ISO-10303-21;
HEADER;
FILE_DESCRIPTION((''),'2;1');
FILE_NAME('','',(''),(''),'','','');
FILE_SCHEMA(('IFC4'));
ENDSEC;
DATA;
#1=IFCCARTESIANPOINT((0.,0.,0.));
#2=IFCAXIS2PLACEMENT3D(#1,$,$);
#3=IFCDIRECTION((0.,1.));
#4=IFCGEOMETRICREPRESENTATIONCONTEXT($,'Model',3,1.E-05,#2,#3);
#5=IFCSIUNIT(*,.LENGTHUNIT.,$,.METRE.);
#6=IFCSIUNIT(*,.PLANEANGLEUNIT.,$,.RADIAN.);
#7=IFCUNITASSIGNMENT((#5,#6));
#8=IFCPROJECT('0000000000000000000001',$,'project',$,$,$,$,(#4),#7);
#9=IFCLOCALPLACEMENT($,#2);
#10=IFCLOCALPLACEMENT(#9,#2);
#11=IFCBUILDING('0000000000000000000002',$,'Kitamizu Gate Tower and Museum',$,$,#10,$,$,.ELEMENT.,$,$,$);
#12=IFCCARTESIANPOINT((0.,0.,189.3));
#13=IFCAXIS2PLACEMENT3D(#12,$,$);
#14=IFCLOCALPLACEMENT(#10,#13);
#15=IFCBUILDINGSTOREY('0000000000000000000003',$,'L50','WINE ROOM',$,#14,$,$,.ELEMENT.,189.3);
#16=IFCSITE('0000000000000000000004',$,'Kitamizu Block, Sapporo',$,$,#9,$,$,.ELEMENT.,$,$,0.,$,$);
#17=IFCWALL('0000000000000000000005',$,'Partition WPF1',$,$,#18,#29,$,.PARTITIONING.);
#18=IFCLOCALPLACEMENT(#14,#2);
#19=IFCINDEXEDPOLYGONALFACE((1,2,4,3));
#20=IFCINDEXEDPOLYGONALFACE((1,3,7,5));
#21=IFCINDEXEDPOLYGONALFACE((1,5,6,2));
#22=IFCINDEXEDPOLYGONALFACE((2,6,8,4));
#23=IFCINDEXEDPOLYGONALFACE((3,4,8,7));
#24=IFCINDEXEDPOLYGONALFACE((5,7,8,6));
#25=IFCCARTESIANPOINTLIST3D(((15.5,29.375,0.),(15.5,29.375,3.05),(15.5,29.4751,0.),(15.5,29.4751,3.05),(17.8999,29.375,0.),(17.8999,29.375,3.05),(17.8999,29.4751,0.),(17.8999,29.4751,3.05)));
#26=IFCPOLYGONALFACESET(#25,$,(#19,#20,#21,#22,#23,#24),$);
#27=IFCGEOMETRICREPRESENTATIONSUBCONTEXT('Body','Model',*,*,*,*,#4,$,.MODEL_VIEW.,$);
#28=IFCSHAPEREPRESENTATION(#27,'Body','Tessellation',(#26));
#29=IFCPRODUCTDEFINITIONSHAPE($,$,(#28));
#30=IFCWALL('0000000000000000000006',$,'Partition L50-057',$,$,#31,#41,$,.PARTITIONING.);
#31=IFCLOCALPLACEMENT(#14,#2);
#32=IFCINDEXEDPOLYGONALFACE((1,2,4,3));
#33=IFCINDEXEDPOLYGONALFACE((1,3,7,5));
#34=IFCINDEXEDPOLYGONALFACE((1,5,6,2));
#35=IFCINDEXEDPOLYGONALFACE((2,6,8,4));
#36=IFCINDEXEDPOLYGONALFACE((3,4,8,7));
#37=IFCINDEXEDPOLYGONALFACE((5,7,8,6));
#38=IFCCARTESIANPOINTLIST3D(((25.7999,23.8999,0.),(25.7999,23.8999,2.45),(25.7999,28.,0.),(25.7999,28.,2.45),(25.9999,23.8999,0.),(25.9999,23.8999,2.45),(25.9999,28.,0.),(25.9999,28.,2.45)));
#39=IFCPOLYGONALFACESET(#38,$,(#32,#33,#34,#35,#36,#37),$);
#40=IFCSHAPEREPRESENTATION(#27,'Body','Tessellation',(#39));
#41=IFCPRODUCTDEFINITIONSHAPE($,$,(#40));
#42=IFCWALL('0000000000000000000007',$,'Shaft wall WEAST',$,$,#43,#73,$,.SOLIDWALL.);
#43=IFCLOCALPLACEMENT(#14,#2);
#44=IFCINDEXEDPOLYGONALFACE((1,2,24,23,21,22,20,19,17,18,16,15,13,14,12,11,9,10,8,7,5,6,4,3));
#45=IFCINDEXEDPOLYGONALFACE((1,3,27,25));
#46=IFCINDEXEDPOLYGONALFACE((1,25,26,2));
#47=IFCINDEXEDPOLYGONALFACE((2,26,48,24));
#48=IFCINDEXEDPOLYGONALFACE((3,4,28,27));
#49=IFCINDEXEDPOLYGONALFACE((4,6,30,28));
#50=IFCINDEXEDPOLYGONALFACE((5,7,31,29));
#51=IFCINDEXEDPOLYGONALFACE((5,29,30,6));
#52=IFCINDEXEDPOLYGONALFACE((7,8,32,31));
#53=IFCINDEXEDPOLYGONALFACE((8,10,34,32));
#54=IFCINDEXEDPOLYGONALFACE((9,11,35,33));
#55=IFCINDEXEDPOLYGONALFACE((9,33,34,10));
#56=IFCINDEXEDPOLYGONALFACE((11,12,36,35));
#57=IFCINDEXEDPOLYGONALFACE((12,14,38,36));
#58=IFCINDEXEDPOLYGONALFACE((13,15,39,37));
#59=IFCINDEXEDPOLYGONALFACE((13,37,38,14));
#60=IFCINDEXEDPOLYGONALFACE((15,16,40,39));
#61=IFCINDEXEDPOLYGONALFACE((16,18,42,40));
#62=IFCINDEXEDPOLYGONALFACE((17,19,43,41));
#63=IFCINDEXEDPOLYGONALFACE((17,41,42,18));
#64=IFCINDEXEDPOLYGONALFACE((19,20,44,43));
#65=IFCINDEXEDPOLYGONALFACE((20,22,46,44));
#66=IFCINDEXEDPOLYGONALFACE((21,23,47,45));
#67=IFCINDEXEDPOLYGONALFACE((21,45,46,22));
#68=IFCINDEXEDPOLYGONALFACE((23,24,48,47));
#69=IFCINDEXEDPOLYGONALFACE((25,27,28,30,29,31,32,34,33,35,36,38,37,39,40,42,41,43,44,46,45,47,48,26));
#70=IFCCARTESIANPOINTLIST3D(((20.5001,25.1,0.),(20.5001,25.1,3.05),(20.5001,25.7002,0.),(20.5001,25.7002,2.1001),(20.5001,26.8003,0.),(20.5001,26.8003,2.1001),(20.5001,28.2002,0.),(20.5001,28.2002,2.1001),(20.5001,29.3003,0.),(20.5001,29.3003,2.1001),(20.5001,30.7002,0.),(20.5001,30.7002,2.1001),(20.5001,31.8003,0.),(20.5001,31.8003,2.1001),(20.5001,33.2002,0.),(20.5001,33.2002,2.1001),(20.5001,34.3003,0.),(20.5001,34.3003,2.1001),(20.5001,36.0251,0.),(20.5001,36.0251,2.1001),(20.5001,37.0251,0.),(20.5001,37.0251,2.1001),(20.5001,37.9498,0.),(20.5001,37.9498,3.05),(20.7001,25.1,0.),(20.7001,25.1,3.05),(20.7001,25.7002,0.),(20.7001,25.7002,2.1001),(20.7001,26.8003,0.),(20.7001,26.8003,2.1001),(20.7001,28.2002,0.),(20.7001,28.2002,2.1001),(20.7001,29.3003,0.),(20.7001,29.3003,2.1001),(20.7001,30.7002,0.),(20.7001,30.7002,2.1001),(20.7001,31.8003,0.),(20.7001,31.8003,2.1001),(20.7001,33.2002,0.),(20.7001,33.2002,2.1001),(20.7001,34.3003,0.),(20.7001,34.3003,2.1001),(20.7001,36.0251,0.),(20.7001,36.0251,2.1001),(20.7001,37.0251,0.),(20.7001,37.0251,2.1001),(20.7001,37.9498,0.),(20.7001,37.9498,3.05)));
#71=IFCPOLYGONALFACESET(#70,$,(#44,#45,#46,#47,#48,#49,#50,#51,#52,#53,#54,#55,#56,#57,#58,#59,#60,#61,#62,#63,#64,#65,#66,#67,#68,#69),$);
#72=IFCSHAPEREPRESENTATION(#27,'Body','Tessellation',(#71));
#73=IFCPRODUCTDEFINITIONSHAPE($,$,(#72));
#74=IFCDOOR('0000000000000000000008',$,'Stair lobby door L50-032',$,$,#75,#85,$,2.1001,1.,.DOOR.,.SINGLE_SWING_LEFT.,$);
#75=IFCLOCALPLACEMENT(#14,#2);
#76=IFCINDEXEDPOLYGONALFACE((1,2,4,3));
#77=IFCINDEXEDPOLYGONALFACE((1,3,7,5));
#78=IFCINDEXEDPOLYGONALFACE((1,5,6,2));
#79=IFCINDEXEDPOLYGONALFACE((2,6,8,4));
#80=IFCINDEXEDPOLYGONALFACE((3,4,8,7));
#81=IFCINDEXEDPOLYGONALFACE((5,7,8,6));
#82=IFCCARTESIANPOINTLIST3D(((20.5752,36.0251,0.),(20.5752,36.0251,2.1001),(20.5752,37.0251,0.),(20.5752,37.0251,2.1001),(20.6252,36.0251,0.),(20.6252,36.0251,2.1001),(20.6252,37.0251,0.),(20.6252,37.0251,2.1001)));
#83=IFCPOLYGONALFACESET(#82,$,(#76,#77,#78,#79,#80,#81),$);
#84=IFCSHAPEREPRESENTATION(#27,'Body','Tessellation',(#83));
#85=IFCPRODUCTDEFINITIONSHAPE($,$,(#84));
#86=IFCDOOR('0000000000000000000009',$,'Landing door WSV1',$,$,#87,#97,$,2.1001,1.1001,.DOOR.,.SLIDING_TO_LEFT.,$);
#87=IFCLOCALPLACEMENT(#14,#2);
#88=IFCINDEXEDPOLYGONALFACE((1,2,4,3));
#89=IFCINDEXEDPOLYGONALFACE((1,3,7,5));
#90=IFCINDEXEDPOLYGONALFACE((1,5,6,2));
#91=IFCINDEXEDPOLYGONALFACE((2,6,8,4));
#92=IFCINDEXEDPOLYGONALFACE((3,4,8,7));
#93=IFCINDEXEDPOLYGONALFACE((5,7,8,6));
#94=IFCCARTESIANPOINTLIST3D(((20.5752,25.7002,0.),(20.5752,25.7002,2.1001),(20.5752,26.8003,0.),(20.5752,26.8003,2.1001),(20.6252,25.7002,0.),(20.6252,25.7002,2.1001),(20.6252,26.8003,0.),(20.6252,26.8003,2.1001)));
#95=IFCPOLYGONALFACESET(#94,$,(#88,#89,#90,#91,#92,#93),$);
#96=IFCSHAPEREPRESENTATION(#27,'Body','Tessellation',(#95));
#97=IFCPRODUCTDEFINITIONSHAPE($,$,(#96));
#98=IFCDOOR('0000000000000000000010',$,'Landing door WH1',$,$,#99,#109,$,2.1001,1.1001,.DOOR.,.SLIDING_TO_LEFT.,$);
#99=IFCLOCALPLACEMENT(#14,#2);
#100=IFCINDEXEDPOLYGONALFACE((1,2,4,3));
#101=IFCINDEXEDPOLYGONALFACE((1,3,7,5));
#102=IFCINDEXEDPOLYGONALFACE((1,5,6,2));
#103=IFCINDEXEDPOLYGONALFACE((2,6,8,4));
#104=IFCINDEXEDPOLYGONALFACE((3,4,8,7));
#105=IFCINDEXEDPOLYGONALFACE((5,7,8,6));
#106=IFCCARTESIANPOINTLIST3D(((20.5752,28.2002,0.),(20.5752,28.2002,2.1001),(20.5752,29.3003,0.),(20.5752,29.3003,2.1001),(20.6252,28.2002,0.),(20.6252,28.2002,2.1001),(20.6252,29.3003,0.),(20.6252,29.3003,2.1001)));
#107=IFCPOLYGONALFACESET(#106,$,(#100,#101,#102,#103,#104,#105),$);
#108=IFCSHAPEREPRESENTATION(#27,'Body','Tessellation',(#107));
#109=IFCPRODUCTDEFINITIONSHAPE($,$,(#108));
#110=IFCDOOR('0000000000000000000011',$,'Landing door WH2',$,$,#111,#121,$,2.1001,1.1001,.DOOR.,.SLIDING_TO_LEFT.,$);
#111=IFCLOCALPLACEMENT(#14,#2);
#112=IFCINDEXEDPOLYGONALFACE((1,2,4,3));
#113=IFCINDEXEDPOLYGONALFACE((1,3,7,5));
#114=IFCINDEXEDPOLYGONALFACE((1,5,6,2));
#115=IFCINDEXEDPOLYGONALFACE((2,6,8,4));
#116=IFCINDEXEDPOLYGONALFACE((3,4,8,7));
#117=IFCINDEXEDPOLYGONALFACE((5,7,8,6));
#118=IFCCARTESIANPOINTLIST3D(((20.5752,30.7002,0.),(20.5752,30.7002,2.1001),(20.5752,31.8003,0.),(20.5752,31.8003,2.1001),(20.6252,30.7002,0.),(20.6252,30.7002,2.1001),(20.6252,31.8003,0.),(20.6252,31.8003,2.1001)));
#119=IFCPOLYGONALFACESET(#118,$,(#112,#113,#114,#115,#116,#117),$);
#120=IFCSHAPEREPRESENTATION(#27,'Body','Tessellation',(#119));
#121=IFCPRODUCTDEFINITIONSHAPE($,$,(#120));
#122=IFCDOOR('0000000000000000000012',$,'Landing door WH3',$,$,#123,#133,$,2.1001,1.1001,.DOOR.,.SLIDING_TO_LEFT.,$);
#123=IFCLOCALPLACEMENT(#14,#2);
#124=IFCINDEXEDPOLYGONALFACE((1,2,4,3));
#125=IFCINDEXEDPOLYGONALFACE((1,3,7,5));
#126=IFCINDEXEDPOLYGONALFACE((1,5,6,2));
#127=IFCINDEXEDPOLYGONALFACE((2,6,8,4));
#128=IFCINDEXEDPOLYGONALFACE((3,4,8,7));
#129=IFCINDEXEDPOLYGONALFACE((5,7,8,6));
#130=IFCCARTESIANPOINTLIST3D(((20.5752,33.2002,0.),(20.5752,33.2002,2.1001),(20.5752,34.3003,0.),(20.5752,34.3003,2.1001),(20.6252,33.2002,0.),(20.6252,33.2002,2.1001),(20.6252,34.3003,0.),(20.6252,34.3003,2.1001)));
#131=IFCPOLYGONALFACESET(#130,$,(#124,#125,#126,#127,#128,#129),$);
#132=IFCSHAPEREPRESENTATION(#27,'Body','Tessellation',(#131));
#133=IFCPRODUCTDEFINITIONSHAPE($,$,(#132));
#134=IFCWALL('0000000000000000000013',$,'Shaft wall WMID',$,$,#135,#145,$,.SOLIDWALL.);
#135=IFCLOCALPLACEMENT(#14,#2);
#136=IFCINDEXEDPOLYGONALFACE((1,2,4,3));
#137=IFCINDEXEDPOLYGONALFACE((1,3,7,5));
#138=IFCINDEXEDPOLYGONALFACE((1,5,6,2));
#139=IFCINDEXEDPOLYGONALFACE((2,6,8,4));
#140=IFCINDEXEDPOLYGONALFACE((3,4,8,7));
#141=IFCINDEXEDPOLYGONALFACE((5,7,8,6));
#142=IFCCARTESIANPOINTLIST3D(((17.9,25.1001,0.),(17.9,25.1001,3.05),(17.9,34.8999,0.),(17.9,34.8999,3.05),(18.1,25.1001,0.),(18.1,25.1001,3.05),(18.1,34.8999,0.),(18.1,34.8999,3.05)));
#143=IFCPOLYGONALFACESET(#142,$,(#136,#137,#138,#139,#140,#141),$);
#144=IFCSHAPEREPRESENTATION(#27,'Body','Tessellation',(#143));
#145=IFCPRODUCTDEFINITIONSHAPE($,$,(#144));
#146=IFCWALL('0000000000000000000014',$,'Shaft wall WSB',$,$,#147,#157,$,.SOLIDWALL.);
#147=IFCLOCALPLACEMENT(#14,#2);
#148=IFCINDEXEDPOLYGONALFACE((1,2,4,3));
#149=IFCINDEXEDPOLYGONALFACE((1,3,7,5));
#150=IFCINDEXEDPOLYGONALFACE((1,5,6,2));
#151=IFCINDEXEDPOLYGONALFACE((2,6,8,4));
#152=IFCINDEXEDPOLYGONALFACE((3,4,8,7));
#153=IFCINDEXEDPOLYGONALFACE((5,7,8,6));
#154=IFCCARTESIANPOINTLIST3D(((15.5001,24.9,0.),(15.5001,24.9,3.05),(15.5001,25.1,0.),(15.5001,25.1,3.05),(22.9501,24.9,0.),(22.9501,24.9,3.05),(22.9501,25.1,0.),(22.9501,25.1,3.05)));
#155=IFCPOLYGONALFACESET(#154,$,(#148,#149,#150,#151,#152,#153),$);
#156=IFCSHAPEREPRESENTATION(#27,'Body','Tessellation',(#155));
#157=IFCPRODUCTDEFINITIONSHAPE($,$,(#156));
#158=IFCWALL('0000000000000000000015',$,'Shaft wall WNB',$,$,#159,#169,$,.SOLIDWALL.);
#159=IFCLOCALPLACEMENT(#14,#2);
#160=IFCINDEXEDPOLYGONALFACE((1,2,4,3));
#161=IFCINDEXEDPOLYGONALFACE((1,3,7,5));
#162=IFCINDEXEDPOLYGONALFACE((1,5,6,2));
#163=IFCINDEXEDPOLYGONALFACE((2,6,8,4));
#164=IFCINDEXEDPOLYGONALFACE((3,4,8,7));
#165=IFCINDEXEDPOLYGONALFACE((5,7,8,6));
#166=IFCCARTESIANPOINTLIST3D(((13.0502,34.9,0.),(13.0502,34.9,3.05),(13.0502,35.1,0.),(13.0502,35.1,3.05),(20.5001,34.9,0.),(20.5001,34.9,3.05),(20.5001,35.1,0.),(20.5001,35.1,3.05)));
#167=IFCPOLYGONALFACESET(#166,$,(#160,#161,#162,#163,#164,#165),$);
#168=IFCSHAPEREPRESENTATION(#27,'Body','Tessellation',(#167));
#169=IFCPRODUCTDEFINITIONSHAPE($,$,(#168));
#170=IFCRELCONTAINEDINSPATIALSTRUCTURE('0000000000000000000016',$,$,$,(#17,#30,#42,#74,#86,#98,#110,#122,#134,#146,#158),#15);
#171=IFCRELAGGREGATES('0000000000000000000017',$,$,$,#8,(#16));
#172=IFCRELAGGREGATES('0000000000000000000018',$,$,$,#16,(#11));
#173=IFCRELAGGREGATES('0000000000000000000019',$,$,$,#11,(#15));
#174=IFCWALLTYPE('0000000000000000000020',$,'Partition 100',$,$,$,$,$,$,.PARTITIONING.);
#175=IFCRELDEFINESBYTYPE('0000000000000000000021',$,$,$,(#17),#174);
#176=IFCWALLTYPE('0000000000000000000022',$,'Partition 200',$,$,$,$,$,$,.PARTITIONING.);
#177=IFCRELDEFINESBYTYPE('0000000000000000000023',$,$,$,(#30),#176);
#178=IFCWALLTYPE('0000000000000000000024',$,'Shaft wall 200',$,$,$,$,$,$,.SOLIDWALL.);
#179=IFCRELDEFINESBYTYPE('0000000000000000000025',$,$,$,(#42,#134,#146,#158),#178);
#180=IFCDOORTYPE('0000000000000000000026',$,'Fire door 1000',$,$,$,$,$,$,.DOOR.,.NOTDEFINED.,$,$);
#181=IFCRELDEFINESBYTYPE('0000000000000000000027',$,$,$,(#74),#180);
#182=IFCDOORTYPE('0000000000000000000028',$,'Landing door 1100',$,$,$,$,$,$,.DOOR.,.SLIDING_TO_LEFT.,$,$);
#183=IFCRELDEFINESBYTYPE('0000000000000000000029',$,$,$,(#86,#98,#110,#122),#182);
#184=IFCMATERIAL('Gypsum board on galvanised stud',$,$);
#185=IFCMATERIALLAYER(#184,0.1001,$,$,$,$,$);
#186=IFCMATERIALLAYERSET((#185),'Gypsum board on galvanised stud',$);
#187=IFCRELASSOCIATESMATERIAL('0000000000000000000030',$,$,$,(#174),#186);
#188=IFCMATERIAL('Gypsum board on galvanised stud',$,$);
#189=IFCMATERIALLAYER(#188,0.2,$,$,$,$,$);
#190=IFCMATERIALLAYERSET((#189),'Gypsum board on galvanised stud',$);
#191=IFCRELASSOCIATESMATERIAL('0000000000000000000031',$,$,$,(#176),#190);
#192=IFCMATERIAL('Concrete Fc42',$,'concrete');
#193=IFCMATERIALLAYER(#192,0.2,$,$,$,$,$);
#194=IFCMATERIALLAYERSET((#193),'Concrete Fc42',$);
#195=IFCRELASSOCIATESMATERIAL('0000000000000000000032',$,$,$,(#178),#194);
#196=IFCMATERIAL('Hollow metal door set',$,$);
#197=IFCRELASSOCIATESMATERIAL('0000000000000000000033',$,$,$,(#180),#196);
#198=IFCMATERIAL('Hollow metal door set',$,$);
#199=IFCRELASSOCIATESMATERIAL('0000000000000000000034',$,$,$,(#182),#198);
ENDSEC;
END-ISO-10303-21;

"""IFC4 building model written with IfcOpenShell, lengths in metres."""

from ifc_helpers import new_model, si_unit, direction, frame, frame_2d, origin, place, context, subcontext, project, spatial, rectangle, extrude, material, layer, layer_set, type_object, element, fill, save


model = new_model("IFC4")

# Units and contexts
model_context = context("Model", 3, precision=1e-05, world=origin(), true_north=direction((0.0, 1.0)))
body_context = subcontext(model_context, "Body", "Model", "MODEL_VIEW")
ifc_project = project(units=[si_unit("LENGTHUNIT", "METRE"), si_unit("PLANEANGLEUNIT", "RADIAN")], contexts=[model_context])

# Site, building, storey
site_placement = place(None, origin())
site = spatial("IfcSite", under=ifc_project, at=site_placement, Name="Kitamizu Block, Sapporo", CompositionType="ELEMENT", RefElevation=0.0)
building_placement = place(site_placement, origin())
building = spatial("IfcBuilding", under=site, at=building_placement, Name="Kitamizu Gate Tower and Museum", CompositionType="ELEMENT")
storey_placement = place(building_placement, frame((0.0, 0.0, 189.3)))
storey = spatial("IfcBuildingStorey", under=building, at=storey_placement, Name="L50", Description="WINE ROOM", CompositionType="ELEMENT", Elevation=189.3)

# Walls
ifc_material_1 = material(Name="Gypsum board on galvanised stud")
ifc_layer_1 = layer(ifc_material_1, 0.1001)
ifc_layer_set_1 = layer_set([ifc_layer_1], Name="Gypsum board on galvanised stud")
wall_type_1 = type_object("IfcWallType", Name="Partition 100", PredefinedType="PARTITIONING", material=ifc_layer_set_1)
wall_1_placement = place(storey_placement, frame((15.5, 29.425, 0.0), z_axis=(0.0, 0.0, 1.0), x_axis=(1.0, 0.0, 0.0)))
element("IfcWall", 1, at=wall_1_placement, inside=storey, type_object=wall_type_1, Name="Partition WPF1", PredefinedType="PARTITIONING", context=body_context, shape_type="SweptSolid", body=[
    extrude(rectangle(XDim=2.3999, YDim=0.1001, at=frame_2d((1.2, 0.0))), origin(), (0.0, 0.0, 1.0), 3.05),
])
ifc_material_2 = material(Name="Gypsum board on galvanised stud")
ifc_layer_2 = layer(ifc_material_2, 0.2)
ifc_layer_set_2 = layer_set([ifc_layer_2], Name="Gypsum board on galvanised stud")
wall_type_2 = type_object("IfcWallType", Name="Partition 200", PredefinedType="PARTITIONING", material=ifc_layer_set_2)
wall_2_placement = place(storey_placement, frame((25.8999, 28.0, 0.0), z_axis=(0.0, 0.0, 1.0), x_axis=(0.0, -1.0, 0.0)))
element("IfcWall", 2, at=wall_2_placement, inside=storey, type_object=wall_type_2, Name="Partition L50-057", PredefinedType="PARTITIONING", context=body_context, shape_type="SweptSolid", body=[
    extrude(rectangle(XDim=4.1001, YDim=0.2, at=frame_2d((2.05, 0.0))), origin(), (0.0, 0.0, 1.0), 2.45),
])

# Wall, openings, doors
ifc_material_3 = material(Name="Concrete Fc42", Category="concrete")
ifc_layer_3 = layer(ifc_material_3, 0.2)
ifc_layer_set_3 = layer_set([ifc_layer_3], Name="Concrete Fc42")
wall_type_3 = type_object("IfcWallType", Name="Shaft wall 200", PredefinedType="SOLIDWALL", material=ifc_layer_set_3)
wall_3_placement = place(storey_placement, frame((20.6001, 25.1001, 0.0), z_axis=(0.0, 0.0, 1.0), x_axis=(0.0, 1.0, 0.0)))
wall_3 = element("IfcWall", 3, at=wall_3_placement, inside=storey, type_object=wall_type_3, Name="Shaft wall WEAST", PredefinedType="SOLIDWALL", context=body_context, shape_type="SweptSolid", body=[
    extrude(rectangle(XDim=12.8499, YDim=0.2, at=frame_2d((6.4248, 0.0))), origin(), (0.0, 0.0, 1.0), 3.05),
])
opening_1_placement = place(wall_3_placement, frame((0.6001, 0.0, 0.0)))
opening_1 = element("IfcOpeningElement", 4, at=opening_1_placement, cuts=wall_3, PredefinedType="OPENING", context=body_context, shape_type="SweptSolid", body=[
    extrude(rectangle(XDim=1.1001, YDim=2.1001, at=frame_2d((0.55, 1.05))), frame((0.0, 0.1099, 0.0), z_axis=(0.0, -1.0, 0.0), x_axis=(1.0, 0.0, 0.0)), (0.0, 0.0, 1.0), 0.22),
])
opening_2_placement = place(wall_3_placement, frame((3.1001, 0.0, 0.0)))
opening_2 = element("IfcOpeningElement", 5, at=opening_2_placement, cuts=wall_3, PredefinedType="OPENING", context=body_context, shape_type="SweptSolid", body=[
    extrude(rectangle(XDim=1.1001, YDim=2.1001, at=frame_2d((0.55, 1.05))), frame((0.0, 0.1099, 0.0), z_axis=(0.0, -1.0, 0.0), x_axis=(1.0, 0.0, 0.0)), (0.0, 0.0, 1.0), 0.22),
])
opening_3_placement = place(wall_3_placement, frame((5.6001, 0.0, 0.0)))
opening_3 = element("IfcOpeningElement", 6, at=opening_3_placement, cuts=wall_3, PredefinedType="OPENING", context=body_context, shape_type="SweptSolid", body=[
    extrude(rectangle(XDim=1.1001, YDim=2.1001, at=frame_2d((0.55, 1.05))), frame((0.0, 0.1099, 0.0), z_axis=(0.0, -1.0, 0.0), x_axis=(1.0, 0.0, 0.0)), (0.0, 0.0, 1.0), 0.22),
])
opening_4_placement = place(wall_3_placement, frame((8.1001, 0.0, 0.0)))
opening_4 = element("IfcOpeningElement", 7, at=opening_4_placement, cuts=wall_3, PredefinedType="OPENING", context=body_context, shape_type="SweptSolid", body=[
    extrude(rectangle(XDim=1.1001, YDim=2.1001, at=frame_2d((0.55, 1.05))), frame((0.0, 0.1099, 0.0), z_axis=(0.0, -1.0, 0.0), x_axis=(1.0, 0.0, 0.0)), (0.0, 0.0, 1.0), 0.22),
])
opening_5_placement = place(wall_3_placement, frame((10.925, 0.0, 0.0)))
opening_5 = element("IfcOpeningElement", 8, at=opening_5_placement, cuts=wall_3, PredefinedType="OPENING", context=body_context, shape_type="SweptSolid", body=[
    extrude(rectangle(XDim=1.0, YDim=2.1001, at=frame_2d((0.5, 1.05))), frame((0.0, 0.1099, 0.0), z_axis=(0.0, -1.0, 0.0), x_axis=(1.0, 0.0, 0.0)), (0.0, 0.0, 1.0), 0.22),
])
ifc_material_4 = material(Name="Hollow metal door set")
door_type_1 = type_object("IfcDoorType", Name="Fire door 1000", OperationType="NOTDEFINED", PredefinedType="DOOR", material=ifc_material_4)
door_1_placement = place(opening_5_placement, origin())
door_1 = element("IfcDoor", 9, at=door_1_placement, inside=storey, type_object=door_type_1, Name="Stair lobby door L50-032", OperationType="SINGLE_SWING_LEFT", OverallHeight=2.1001, OverallWidth=1.0, PredefinedType="DOOR", context=body_context, shape_type="SweptSolid", body=[
    extrude(rectangle(XDim=1.0, YDim=2.1001, at=frame_2d((0.5, 1.05))), frame((0.0, 0.0249, 0.0), z_axis=(0.0, -1.0, 0.0), x_axis=(1.0, 0.0, 0.0)), (0.0, 0.0, 1.0), 0.05),
])
fill(opening_5, door_1)
ifc_material_5 = material(Name="Hollow metal door set")
door_type_2 = type_object("IfcDoorType", Name="Landing door 1100", OperationType="SLIDING_TO_LEFT", PredefinedType="DOOR", material=ifc_material_5)
door_2_placement = place(opening_1_placement, origin())
door_2 = element("IfcDoor", 10, at=door_2_placement, inside=storey, type_object=door_type_2, Name="Landing door WSV1", OperationType="SLIDING_TO_LEFT", OverallHeight=2.1001, OverallWidth=1.1001, PredefinedType="DOOR", context=body_context, shape_type="SweptSolid", body=[
    extrude(rectangle(XDim=1.1001, YDim=2.1001, at=frame_2d((0.55, 1.05))), frame((0.0, 0.0249, 0.0), z_axis=(0.0, -1.0, 0.0), x_axis=(1.0, 0.0, 0.0)), (0.0, 0.0, 1.0), 0.05),
])
fill(opening_1, door_2)
door_3_placement = place(opening_2_placement, origin())
door_3 = element("IfcDoor", 11, at=door_3_placement, inside=storey, type_object=door_type_2, Name="Landing door WH1", OperationType="SLIDING_TO_LEFT", OverallHeight=2.1001, OverallWidth=1.1001, PredefinedType="DOOR", context=body_context, shape_type="SweptSolid", body=[
    extrude(rectangle(XDim=1.1001, YDim=2.1001, at=frame_2d((0.55, 1.05))), frame((0.0, 0.0249, 0.0), z_axis=(0.0, -1.0, 0.0), x_axis=(1.0, 0.0, 0.0)), (0.0, 0.0, 1.0), 0.05),
])
fill(opening_2, door_3)
door_4_placement = place(opening_3_placement, origin())
door_4 = element("IfcDoor", 12, at=door_4_placement, inside=storey, type_object=door_type_2, Name="Landing door WH2", OperationType="SLIDING_TO_LEFT", OverallHeight=2.1001, OverallWidth=1.1001, PredefinedType="DOOR", context=body_context, shape_type="SweptSolid", body=[
    extrude(rectangle(XDim=1.1001, YDim=2.1001, at=frame_2d((0.55, 1.05))), frame((0.0, 0.0249, 0.0), z_axis=(0.0, -1.0, 0.0), x_axis=(1.0, 0.0, 0.0)), (0.0, 0.0, 1.0), 0.05),
])
fill(opening_3, door_4)
door_5_placement = place(opening_4_placement, origin())
door_5 = element("IfcDoor", 13, at=door_5_placement, inside=storey, type_object=door_type_2, Name="Landing door WH3", OperationType="SLIDING_TO_LEFT", OverallHeight=2.1001, OverallWidth=1.1001, PredefinedType="DOOR", context=body_context, shape_type="SweptSolid", body=[
    extrude(rectangle(XDim=1.1001, YDim=2.1001, at=frame_2d((0.55, 1.05))), frame((0.0, 0.0249, 0.0), z_axis=(0.0, -1.0, 0.0), x_axis=(1.0, 0.0, 0.0)), (0.0, 0.0, 1.0), 0.05),
])
fill(opening_4, door_5)

# Walls
wall_4_placement = place(storey_placement, frame((18.0, 25.1001, 0.0), z_axis=(0.0, 0.0, 1.0), x_axis=(0.0, 1.0, 0.0)))
element("IfcWall", 14, at=wall_4_placement, inside=storey, type_object=wall_type_3, Name="Shaft wall WMID", PredefinedType="SOLIDWALL", context=body_context, shape_type="SweptSolid", body=[
    extrude(rectangle(XDim=9.7998, YDim=0.2, at=frame_2d((4.8999, 0.0))), origin(), (0.0, 0.0, 1.0), 3.05),
])
for number, where, z_axis, x_axis, name in (
    (15, (15.5, 25.0, 0.0), (0.0, 0.0, 1.0), (1.0, 0.0, 0.0), "Shaft wall WSB"),
    (16, (13.05, 35.0, 0.0), (0.0, 0.0, 1.0), (1.0, 0.0, 0.0), "Shaft wall WNB"),
):
    element("IfcWall", number, at=place(storey_placement, frame(where, z_axis=z_axis, x_axis=x_axis)), inside=storey, type_object=wall_type_3, Name=name, PredefinedType="SOLIDWALL", context=body_context, shape_type="SweptSolid", body=[
        extrude(rectangle(XDim=7.45, YDim=0.2, at=frame_2d((3.7251, 0.0))), origin(), (0.0, 0.0, 1.0), 3.05),
    ])

save(model, "model.ifc")
